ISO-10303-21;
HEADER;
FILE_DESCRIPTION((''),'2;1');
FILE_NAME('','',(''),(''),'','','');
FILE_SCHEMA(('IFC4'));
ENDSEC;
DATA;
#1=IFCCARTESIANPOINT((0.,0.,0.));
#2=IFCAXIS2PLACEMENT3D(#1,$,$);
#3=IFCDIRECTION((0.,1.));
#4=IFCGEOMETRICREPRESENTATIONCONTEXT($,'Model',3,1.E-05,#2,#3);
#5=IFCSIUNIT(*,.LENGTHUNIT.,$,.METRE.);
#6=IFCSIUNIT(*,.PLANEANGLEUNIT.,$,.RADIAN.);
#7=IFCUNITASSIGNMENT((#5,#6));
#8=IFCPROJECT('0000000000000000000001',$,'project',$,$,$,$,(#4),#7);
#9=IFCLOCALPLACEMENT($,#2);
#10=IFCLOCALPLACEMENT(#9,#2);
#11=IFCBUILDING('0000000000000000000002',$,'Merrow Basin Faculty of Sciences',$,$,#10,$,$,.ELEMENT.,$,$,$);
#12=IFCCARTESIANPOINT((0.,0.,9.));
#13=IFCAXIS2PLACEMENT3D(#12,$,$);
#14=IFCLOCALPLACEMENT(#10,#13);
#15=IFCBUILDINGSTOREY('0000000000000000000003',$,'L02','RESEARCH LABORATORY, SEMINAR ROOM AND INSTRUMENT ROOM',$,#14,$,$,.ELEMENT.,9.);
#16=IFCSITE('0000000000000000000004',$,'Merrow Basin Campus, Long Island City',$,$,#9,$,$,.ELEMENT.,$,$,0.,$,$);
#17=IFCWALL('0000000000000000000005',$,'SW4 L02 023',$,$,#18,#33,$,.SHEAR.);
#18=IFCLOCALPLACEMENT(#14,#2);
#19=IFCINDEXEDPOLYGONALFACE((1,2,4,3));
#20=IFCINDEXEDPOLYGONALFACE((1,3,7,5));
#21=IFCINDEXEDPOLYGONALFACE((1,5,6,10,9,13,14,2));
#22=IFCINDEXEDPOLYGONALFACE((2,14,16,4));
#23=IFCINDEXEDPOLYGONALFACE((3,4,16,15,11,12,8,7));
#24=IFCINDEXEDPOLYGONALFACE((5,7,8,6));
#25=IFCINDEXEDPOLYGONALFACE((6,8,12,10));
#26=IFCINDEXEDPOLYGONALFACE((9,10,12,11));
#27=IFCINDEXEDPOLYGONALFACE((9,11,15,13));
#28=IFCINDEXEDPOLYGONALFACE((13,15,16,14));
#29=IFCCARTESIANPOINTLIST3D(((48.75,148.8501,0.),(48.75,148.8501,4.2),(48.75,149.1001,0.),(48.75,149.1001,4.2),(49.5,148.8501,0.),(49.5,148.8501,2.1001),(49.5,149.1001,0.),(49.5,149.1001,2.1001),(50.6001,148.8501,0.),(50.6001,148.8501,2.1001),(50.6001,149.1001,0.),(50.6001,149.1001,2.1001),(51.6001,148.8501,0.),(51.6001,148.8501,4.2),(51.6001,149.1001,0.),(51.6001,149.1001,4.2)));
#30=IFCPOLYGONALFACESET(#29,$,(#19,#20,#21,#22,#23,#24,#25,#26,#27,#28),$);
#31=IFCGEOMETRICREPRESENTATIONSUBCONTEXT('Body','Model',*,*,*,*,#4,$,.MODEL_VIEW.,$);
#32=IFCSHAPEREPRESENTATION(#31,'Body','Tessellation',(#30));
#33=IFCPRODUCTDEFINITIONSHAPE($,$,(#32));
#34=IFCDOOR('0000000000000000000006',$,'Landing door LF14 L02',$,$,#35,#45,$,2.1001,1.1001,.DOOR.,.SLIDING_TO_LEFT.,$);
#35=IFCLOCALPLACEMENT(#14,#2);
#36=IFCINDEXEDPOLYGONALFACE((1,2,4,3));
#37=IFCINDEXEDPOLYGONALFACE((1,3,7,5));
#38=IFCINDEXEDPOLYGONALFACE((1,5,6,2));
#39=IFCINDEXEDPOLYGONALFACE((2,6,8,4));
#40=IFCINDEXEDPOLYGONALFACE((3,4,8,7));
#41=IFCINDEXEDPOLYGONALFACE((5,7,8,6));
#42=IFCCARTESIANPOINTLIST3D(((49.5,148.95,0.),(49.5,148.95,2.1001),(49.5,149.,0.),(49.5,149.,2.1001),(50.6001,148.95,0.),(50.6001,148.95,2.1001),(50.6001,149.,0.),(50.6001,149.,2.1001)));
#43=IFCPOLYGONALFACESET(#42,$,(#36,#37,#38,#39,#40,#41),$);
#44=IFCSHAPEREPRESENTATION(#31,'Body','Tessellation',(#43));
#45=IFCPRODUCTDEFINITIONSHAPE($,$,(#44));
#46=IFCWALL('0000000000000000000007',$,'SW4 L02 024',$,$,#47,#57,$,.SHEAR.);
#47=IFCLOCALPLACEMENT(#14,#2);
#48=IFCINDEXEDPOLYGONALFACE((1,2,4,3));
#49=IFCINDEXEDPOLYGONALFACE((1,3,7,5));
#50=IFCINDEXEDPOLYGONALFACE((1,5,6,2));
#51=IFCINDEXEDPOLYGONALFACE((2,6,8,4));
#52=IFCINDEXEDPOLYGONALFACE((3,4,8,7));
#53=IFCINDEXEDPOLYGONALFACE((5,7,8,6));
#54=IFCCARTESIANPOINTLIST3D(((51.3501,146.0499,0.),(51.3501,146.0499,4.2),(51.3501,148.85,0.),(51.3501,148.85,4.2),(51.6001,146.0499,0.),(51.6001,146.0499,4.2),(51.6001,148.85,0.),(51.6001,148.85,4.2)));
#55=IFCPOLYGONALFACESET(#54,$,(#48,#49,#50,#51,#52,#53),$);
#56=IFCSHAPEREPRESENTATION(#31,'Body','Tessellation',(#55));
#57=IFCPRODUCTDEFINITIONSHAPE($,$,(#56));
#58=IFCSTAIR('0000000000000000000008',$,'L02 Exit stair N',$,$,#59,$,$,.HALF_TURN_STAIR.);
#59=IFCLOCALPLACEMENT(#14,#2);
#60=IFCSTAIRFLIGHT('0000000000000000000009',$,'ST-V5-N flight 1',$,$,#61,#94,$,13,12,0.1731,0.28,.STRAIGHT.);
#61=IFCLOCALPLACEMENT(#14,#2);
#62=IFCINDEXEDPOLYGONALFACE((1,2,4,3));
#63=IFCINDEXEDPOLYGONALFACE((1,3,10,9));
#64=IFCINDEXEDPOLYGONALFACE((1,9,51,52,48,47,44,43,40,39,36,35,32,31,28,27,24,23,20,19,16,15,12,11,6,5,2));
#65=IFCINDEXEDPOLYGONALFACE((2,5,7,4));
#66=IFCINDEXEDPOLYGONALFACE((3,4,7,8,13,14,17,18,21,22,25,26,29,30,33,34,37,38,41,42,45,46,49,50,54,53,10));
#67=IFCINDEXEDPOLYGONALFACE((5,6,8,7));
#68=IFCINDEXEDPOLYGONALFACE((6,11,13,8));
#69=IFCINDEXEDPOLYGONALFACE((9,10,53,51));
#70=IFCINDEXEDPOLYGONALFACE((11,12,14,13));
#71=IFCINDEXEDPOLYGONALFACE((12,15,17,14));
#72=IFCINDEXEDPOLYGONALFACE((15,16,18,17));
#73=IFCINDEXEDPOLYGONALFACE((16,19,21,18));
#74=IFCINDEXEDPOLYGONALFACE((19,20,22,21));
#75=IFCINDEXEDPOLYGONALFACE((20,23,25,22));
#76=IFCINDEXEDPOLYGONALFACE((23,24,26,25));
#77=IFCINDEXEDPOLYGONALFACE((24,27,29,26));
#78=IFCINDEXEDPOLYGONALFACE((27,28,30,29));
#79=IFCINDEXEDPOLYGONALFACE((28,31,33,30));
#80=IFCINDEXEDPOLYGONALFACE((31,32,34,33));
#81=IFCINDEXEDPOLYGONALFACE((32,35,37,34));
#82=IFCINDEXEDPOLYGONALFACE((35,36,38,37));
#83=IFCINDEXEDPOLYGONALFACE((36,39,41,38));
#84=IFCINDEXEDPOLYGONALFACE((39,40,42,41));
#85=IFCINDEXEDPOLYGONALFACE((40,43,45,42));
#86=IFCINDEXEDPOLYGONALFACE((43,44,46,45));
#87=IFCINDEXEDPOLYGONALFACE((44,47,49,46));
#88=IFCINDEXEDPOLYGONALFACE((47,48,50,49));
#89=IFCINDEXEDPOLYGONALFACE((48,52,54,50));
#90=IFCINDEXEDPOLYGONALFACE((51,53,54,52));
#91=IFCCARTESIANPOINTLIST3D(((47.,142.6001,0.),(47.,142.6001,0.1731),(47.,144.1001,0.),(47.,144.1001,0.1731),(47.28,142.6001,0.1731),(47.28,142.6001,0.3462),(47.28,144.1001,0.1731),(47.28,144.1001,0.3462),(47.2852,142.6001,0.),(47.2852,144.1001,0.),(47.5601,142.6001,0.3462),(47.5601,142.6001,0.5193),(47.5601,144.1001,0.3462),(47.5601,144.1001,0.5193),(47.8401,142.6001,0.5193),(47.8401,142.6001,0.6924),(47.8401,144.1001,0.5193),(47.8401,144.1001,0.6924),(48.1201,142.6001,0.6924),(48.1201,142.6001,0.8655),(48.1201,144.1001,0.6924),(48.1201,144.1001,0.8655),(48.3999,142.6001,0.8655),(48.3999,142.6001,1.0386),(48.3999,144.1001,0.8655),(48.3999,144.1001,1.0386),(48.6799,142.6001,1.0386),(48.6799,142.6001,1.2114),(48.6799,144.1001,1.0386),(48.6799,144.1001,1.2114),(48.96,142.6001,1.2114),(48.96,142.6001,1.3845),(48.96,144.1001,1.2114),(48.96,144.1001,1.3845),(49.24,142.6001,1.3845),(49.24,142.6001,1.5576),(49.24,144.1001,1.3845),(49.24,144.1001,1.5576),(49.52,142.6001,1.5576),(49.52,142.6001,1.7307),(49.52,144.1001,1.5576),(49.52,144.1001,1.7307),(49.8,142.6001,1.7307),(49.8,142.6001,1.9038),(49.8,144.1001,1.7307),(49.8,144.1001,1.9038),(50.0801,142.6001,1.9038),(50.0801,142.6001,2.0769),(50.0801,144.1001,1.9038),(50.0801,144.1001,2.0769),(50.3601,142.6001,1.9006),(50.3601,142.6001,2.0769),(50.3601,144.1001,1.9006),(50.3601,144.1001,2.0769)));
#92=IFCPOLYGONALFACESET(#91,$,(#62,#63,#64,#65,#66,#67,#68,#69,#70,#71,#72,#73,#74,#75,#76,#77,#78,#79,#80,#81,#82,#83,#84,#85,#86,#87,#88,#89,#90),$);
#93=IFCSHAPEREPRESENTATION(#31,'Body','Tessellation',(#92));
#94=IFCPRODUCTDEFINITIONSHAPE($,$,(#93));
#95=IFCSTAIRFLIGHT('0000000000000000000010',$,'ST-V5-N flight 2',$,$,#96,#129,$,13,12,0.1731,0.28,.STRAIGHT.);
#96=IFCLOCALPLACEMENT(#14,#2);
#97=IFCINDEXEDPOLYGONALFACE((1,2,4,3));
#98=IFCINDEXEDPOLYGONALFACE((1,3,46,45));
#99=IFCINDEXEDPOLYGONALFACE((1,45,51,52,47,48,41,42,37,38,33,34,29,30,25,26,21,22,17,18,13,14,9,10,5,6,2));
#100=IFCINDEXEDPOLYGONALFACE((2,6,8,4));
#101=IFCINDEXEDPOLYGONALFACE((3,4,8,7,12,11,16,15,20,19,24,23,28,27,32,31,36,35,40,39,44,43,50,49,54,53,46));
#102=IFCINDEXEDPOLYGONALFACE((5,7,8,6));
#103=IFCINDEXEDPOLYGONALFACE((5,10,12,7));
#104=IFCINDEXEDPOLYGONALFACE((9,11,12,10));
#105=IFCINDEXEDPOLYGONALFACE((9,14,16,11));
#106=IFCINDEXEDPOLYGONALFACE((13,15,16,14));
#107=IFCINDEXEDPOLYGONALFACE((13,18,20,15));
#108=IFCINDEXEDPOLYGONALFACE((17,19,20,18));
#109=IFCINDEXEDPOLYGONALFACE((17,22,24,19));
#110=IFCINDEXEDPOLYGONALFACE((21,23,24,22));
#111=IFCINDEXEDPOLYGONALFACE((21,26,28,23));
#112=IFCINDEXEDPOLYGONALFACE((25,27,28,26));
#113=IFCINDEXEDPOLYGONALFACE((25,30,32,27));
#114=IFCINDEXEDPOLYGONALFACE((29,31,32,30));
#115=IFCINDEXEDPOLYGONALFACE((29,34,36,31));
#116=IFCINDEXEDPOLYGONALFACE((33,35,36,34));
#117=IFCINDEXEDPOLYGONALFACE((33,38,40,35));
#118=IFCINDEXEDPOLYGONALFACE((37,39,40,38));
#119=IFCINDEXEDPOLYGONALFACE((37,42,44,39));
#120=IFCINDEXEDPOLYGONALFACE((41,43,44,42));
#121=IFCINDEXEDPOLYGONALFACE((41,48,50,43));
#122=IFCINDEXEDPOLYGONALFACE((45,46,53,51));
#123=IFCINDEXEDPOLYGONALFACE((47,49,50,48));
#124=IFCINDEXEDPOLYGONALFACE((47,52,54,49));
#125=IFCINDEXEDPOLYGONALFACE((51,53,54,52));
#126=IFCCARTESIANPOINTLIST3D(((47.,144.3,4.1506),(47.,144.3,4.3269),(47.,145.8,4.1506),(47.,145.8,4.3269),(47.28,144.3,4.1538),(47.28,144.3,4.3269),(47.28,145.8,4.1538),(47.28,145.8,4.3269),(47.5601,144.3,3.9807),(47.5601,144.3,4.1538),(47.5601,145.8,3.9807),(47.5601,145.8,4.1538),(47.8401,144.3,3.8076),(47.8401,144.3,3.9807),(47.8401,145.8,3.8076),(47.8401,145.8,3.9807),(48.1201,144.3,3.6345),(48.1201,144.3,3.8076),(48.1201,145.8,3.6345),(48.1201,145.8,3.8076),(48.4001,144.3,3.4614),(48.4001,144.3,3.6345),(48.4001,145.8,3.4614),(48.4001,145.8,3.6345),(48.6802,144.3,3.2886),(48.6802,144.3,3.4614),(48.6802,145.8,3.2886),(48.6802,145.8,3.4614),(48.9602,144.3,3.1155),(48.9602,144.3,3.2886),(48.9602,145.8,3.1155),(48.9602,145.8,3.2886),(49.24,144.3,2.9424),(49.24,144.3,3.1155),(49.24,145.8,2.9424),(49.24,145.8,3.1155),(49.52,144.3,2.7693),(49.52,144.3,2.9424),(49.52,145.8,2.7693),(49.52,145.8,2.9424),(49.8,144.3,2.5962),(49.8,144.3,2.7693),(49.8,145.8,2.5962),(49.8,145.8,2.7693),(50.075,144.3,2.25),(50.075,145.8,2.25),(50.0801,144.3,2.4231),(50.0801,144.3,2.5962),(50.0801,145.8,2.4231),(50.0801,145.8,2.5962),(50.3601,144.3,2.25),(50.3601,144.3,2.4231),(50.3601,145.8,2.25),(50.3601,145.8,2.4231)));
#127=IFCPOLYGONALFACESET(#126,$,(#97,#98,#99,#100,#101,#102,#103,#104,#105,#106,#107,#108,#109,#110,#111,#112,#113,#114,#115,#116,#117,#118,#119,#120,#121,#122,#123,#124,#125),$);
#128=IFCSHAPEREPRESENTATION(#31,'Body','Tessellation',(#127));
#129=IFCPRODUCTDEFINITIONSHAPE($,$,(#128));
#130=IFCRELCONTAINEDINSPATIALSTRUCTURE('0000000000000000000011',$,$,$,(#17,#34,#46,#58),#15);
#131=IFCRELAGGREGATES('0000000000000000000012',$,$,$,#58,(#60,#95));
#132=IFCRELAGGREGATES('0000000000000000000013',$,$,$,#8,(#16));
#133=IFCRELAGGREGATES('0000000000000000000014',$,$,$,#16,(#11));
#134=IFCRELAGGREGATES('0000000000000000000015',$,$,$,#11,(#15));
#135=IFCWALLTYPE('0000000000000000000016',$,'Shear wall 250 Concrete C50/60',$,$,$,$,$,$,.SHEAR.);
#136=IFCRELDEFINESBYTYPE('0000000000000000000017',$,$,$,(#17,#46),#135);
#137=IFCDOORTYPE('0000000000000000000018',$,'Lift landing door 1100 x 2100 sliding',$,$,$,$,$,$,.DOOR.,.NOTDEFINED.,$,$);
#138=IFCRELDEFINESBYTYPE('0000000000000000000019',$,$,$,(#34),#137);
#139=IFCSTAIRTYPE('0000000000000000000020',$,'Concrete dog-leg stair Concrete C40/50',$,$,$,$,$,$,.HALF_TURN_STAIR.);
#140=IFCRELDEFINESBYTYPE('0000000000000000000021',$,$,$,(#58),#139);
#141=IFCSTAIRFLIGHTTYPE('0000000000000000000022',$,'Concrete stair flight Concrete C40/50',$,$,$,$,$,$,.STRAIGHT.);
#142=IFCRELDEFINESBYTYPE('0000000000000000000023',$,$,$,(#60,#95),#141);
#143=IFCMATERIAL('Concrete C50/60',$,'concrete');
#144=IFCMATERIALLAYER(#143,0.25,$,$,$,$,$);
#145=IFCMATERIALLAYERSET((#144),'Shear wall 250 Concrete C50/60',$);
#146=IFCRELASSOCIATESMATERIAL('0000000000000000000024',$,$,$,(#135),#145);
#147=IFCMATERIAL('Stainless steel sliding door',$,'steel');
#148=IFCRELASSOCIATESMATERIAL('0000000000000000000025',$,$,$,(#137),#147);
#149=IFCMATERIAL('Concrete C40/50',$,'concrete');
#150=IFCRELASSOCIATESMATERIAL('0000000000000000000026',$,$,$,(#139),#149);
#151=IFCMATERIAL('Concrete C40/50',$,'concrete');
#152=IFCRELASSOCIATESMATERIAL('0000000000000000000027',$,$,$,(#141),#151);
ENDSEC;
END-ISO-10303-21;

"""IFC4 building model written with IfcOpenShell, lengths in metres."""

from ifc_helpers import new_model, si_unit, direction, frame, frame_2d, origin, place, context, subcontext, project, spatial, polyline, rectangle, outline, extrude, material, layer, layer_set, type_object, element, fill, aggregate, save


model = new_model("IFC4")

# Units and contexts
model_context = context("Model", 3, precision=1e-05, world=origin(), true_north=direction((0.0, 1.0)))
body_context = subcontext(model_context, "Body", "Model", "MODEL_VIEW")
ifc_project = project(units=[si_unit("LENGTHUNIT", "METRE"), si_unit("PLANEANGLEUNIT", "RADIAN")], contexts=[model_context])

# Site, building, storey
site_placement = place(None, origin())
site = spatial("IfcSite", under=ifc_project, at=site_placement, Name="Merrow Basin Campus, Long Island City", CompositionType="ELEMENT", RefElevation=0.0)
building_placement = place(site_placement, origin())
building = spatial("IfcBuilding", under=site, at=building_placement, Name="Merrow Basin Faculty of Sciences", CompositionType="ELEMENT")
storey_placement = place(building_placement, frame((0.0, 0.0, 9.0)))
storey = spatial("IfcBuildingStorey", under=building, at=storey_placement, Name="L02", Description="RESEARCH LABORATORY, SEMINAR ROOM AND INSTRUMENT ROOM", CompositionType="ELEMENT", Elevation=9.0)

# Shared definitions
ifc_material_1 = material(Name="Concrete C50/60", Category="concrete")
ifc_layer_1 = layer(ifc_material_1, 0.25)
ifc_layer_set_1 = layer_set([ifc_layer_1], Name="Shear wall 250 Concrete C50/60")
wall_type_1 = type_object("IfcWallType", Name="Shear wall 250 Concrete C50/60", PredefinedType="SHEAR", material=ifc_layer_set_1)

# Shared definitions
ifc_material_2 = material(Name="Stainless steel sliding door", Category="steel")
door_type_1 = type_object("IfcDoorType", Name="Lift landing door 1100 x 2100 sliding", OperationType="NOTDEFINED", PredefinedType="DOOR", material=ifc_material_2)

# Wall, opening, door
wall_1_placement = place(storey_placement, frame((48.75, 148.9751, 0.0), z_axis=(0.0, 0.0, 1.0), x_axis=(1.0, 0.0, 0.0)))
wall_1 = element("IfcWall", 1, at=wall_1_placement, inside=storey, type_object=wall_type_1, Name="SW4 L02 023", PredefinedType="SHEAR", context=body_context, shape_type="SweptSolid", body=[
    extrude(rectangle(XDim=2.8501, YDim=0.25, at=frame_2d((1.425, 0.0))), origin(), (0.0, 0.0, 1.0), 4.2),
])
opening_1_placement = place(wall_1_placement, frame((0.75, 0.0, 0.0)))
opening_1 = element("IfcOpeningElement", 2, at=opening_1_placement, cuts=wall_1, PredefinedType="OPENING", context=body_context, shape_type="SweptSolid", body=[
    extrude(rectangle(XDim=1.1001, YDim=2.1001, at=frame_2d((0.55, 1.05))), frame((0.0, 0.135, 0.0), z_axis=(0.0, -1.0, 0.0), x_axis=(1.0, 0.0, 0.0)), (0.0, 0.0, 1.0), 0.27),
])
door_1_placement = place(opening_1_placement, origin())
door_1 = element("IfcDoor", 3, at=door_1_placement, inside=storey, type_object=door_type_1, Name="Landing door LF14 L02", OperationType="SLIDING_TO_LEFT", OverallHeight=2.1001, OverallWidth=1.1001, PredefinedType="DOOR", context=body_context, shape_type="SweptSolid", body=[
    extrude(rectangle(XDim=1.1001, YDim=2.1001, at=frame_2d((0.55, 1.05))), frame((0.0, 0.0249, 0.0), z_axis=(0.0, -1.0, 0.0), x_axis=(1.0, 0.0, 0.0)), (0.0, 0.0, 1.0), 0.05),
])
fill(opening_1, door_1)

# Wall
wall_2_placement = place(storey_placement, frame((51.4751, 146.05, 0.0), z_axis=(0.0, 0.0, 1.0), x_axis=(0.0, 1.0, 0.0)))
element("IfcWall", 4, at=wall_2_placement, inside=storey, type_object=wall_type_1, Name="SW4 L02 024", PredefinedType="SHEAR", context=body_context, shape_type="SweptSolid", body=[
    extrude(rectangle(XDim=2.8, YDim=0.25, at=frame_2d((1.3999, 0.0))), origin(), (0.0, 0.0, 1.0), 4.2),
])

# Stair, stair flights
ifc_material_3 = material(Name="Concrete C40/50", Category="concrete")
stair_type = type_object("IfcStairType", Name="Concrete dog-leg stair Concrete C40/50", PredefinedType="HALF_TURN_STAIR", material=ifc_material_3)
stair_placement = place(storey_placement, origin())
stair = element("IfcStair", 5, at=stair_placement, inside=storey, type_object=stair_type, Name="L02 Exit stair N", PredefinedType="HALF_TURN_STAIR")
ifc_material_4 = material(Name="Concrete C40/50", Category="concrete")
stair_flight_type = type_object("IfcStairFlightType", Name="Concrete stair flight Concrete C40/50", PredefinedType="STRAIGHT", material=ifc_material_4)
stair_flight_1_placement = place(storey_placement, frame((47.0, 143.3501, 0.0), z_axis=(0.0, 0.0, 1.0), x_axis=(1.0, 0.0, 0.0)))
stair_flight_1 = element("IfcStairFlight", 6, at=stair_flight_1_placement, type_object=stair_flight_type, Name="ST-V5-N flight 1", NumberOfRisers=13, NumberOfTreads=12, PredefinedType="STRAIGHT", RiserHeight=0.1731, TreadLength=0.28, context=body_context, shape_type="SweptSolid", body=[
    extrude(outline(polyline([(0.0, 0.0), (0.0, 0.1731), (0.28, 0.1731), (0.28, 0.3462), (0.5601, 0.3462), (0.5601, 0.5193), (0.8401, 0.5193), (0.8401, 0.6924), (1.1201, 0.6924), (1.1201, 0.8655), (1.3999, 0.8655), (1.3999, 1.0386), (1.6799, 1.0386), (1.6799, 1.2114), (1.96, 1.2114), (1.96, 1.3845), (2.24, 1.3845), (2.24, 1.5576), (2.52, 1.5576), (2.52, 1.7307), (2.8, 1.7307), (2.8, 1.9038), (3.0801, 1.9038), (3.0801, 2.0769), (3.3601, 2.0769), (3.3601, 2.25), (3.3601, 1.9006), (0.2852, 0.0), (0.0, 0.0)])), frame((0.0, 0.75, 0.0), z_axis=(0.0, -1.0, 0.0), x_axis=(1.0, 0.0, 0.0)), (0.0, 0.0, 1.0), 1.5),
])
stair_flight_2_placement = place(storey_placement, frame((50.3601, 145.05, 2.25), z_axis=(0.0, 0.0, 1.0), x_axis=(-1.0, 0.0, 0.0)))
stair_flight_2 = element("IfcStairFlight", 7, at=stair_flight_2_placement, type_object=stair_flight_type, Name="ST-V5-N flight 2", NumberOfRisers=13, NumberOfTreads=12, PredefinedType="STRAIGHT", RiserHeight=0.1731, TreadLength=0.28, context=body_context, shape_type="SweptSolid", body=[
    extrude(outline(polyline([(0.0, 0.0), (0.0, 0.1731), (0.28, 0.1731), (0.28, 0.3462), (0.5601, 0.3462), (0.5601, 0.5193), (0.8401, 0.5193), (0.8401, 0.6924), (1.1201, 0.6924), (1.1201, 0.8655), (1.3999, 0.8655), (1.3999, 1.0386), (1.6799, 1.0386), (1.6799, 1.2114), (1.96, 1.2114), (1.96, 1.3845), (2.24, 1.3845), (2.24, 1.5576), (2.52, 1.5576), (2.52, 1.7307), (2.8, 1.7307), (2.8, 1.9038), (3.0801, 1.9038), (3.0801, 2.0769), (3.3601, 2.0769), (3.3601, 2.25), (3.3601, 1.9006), (0.2852, 0.0), (0.0, 0.0)])), frame((0.0, 0.75, 0.0), z_axis=(0.0, -1.0, 0.0), x_axis=(1.0, 0.0, 0.0)), (0.0, 0.0, 1.0), 1.5),
])
aggregate(stair, [stair_flight_1, stair_flight_2])

save(model, "model.ifc")
